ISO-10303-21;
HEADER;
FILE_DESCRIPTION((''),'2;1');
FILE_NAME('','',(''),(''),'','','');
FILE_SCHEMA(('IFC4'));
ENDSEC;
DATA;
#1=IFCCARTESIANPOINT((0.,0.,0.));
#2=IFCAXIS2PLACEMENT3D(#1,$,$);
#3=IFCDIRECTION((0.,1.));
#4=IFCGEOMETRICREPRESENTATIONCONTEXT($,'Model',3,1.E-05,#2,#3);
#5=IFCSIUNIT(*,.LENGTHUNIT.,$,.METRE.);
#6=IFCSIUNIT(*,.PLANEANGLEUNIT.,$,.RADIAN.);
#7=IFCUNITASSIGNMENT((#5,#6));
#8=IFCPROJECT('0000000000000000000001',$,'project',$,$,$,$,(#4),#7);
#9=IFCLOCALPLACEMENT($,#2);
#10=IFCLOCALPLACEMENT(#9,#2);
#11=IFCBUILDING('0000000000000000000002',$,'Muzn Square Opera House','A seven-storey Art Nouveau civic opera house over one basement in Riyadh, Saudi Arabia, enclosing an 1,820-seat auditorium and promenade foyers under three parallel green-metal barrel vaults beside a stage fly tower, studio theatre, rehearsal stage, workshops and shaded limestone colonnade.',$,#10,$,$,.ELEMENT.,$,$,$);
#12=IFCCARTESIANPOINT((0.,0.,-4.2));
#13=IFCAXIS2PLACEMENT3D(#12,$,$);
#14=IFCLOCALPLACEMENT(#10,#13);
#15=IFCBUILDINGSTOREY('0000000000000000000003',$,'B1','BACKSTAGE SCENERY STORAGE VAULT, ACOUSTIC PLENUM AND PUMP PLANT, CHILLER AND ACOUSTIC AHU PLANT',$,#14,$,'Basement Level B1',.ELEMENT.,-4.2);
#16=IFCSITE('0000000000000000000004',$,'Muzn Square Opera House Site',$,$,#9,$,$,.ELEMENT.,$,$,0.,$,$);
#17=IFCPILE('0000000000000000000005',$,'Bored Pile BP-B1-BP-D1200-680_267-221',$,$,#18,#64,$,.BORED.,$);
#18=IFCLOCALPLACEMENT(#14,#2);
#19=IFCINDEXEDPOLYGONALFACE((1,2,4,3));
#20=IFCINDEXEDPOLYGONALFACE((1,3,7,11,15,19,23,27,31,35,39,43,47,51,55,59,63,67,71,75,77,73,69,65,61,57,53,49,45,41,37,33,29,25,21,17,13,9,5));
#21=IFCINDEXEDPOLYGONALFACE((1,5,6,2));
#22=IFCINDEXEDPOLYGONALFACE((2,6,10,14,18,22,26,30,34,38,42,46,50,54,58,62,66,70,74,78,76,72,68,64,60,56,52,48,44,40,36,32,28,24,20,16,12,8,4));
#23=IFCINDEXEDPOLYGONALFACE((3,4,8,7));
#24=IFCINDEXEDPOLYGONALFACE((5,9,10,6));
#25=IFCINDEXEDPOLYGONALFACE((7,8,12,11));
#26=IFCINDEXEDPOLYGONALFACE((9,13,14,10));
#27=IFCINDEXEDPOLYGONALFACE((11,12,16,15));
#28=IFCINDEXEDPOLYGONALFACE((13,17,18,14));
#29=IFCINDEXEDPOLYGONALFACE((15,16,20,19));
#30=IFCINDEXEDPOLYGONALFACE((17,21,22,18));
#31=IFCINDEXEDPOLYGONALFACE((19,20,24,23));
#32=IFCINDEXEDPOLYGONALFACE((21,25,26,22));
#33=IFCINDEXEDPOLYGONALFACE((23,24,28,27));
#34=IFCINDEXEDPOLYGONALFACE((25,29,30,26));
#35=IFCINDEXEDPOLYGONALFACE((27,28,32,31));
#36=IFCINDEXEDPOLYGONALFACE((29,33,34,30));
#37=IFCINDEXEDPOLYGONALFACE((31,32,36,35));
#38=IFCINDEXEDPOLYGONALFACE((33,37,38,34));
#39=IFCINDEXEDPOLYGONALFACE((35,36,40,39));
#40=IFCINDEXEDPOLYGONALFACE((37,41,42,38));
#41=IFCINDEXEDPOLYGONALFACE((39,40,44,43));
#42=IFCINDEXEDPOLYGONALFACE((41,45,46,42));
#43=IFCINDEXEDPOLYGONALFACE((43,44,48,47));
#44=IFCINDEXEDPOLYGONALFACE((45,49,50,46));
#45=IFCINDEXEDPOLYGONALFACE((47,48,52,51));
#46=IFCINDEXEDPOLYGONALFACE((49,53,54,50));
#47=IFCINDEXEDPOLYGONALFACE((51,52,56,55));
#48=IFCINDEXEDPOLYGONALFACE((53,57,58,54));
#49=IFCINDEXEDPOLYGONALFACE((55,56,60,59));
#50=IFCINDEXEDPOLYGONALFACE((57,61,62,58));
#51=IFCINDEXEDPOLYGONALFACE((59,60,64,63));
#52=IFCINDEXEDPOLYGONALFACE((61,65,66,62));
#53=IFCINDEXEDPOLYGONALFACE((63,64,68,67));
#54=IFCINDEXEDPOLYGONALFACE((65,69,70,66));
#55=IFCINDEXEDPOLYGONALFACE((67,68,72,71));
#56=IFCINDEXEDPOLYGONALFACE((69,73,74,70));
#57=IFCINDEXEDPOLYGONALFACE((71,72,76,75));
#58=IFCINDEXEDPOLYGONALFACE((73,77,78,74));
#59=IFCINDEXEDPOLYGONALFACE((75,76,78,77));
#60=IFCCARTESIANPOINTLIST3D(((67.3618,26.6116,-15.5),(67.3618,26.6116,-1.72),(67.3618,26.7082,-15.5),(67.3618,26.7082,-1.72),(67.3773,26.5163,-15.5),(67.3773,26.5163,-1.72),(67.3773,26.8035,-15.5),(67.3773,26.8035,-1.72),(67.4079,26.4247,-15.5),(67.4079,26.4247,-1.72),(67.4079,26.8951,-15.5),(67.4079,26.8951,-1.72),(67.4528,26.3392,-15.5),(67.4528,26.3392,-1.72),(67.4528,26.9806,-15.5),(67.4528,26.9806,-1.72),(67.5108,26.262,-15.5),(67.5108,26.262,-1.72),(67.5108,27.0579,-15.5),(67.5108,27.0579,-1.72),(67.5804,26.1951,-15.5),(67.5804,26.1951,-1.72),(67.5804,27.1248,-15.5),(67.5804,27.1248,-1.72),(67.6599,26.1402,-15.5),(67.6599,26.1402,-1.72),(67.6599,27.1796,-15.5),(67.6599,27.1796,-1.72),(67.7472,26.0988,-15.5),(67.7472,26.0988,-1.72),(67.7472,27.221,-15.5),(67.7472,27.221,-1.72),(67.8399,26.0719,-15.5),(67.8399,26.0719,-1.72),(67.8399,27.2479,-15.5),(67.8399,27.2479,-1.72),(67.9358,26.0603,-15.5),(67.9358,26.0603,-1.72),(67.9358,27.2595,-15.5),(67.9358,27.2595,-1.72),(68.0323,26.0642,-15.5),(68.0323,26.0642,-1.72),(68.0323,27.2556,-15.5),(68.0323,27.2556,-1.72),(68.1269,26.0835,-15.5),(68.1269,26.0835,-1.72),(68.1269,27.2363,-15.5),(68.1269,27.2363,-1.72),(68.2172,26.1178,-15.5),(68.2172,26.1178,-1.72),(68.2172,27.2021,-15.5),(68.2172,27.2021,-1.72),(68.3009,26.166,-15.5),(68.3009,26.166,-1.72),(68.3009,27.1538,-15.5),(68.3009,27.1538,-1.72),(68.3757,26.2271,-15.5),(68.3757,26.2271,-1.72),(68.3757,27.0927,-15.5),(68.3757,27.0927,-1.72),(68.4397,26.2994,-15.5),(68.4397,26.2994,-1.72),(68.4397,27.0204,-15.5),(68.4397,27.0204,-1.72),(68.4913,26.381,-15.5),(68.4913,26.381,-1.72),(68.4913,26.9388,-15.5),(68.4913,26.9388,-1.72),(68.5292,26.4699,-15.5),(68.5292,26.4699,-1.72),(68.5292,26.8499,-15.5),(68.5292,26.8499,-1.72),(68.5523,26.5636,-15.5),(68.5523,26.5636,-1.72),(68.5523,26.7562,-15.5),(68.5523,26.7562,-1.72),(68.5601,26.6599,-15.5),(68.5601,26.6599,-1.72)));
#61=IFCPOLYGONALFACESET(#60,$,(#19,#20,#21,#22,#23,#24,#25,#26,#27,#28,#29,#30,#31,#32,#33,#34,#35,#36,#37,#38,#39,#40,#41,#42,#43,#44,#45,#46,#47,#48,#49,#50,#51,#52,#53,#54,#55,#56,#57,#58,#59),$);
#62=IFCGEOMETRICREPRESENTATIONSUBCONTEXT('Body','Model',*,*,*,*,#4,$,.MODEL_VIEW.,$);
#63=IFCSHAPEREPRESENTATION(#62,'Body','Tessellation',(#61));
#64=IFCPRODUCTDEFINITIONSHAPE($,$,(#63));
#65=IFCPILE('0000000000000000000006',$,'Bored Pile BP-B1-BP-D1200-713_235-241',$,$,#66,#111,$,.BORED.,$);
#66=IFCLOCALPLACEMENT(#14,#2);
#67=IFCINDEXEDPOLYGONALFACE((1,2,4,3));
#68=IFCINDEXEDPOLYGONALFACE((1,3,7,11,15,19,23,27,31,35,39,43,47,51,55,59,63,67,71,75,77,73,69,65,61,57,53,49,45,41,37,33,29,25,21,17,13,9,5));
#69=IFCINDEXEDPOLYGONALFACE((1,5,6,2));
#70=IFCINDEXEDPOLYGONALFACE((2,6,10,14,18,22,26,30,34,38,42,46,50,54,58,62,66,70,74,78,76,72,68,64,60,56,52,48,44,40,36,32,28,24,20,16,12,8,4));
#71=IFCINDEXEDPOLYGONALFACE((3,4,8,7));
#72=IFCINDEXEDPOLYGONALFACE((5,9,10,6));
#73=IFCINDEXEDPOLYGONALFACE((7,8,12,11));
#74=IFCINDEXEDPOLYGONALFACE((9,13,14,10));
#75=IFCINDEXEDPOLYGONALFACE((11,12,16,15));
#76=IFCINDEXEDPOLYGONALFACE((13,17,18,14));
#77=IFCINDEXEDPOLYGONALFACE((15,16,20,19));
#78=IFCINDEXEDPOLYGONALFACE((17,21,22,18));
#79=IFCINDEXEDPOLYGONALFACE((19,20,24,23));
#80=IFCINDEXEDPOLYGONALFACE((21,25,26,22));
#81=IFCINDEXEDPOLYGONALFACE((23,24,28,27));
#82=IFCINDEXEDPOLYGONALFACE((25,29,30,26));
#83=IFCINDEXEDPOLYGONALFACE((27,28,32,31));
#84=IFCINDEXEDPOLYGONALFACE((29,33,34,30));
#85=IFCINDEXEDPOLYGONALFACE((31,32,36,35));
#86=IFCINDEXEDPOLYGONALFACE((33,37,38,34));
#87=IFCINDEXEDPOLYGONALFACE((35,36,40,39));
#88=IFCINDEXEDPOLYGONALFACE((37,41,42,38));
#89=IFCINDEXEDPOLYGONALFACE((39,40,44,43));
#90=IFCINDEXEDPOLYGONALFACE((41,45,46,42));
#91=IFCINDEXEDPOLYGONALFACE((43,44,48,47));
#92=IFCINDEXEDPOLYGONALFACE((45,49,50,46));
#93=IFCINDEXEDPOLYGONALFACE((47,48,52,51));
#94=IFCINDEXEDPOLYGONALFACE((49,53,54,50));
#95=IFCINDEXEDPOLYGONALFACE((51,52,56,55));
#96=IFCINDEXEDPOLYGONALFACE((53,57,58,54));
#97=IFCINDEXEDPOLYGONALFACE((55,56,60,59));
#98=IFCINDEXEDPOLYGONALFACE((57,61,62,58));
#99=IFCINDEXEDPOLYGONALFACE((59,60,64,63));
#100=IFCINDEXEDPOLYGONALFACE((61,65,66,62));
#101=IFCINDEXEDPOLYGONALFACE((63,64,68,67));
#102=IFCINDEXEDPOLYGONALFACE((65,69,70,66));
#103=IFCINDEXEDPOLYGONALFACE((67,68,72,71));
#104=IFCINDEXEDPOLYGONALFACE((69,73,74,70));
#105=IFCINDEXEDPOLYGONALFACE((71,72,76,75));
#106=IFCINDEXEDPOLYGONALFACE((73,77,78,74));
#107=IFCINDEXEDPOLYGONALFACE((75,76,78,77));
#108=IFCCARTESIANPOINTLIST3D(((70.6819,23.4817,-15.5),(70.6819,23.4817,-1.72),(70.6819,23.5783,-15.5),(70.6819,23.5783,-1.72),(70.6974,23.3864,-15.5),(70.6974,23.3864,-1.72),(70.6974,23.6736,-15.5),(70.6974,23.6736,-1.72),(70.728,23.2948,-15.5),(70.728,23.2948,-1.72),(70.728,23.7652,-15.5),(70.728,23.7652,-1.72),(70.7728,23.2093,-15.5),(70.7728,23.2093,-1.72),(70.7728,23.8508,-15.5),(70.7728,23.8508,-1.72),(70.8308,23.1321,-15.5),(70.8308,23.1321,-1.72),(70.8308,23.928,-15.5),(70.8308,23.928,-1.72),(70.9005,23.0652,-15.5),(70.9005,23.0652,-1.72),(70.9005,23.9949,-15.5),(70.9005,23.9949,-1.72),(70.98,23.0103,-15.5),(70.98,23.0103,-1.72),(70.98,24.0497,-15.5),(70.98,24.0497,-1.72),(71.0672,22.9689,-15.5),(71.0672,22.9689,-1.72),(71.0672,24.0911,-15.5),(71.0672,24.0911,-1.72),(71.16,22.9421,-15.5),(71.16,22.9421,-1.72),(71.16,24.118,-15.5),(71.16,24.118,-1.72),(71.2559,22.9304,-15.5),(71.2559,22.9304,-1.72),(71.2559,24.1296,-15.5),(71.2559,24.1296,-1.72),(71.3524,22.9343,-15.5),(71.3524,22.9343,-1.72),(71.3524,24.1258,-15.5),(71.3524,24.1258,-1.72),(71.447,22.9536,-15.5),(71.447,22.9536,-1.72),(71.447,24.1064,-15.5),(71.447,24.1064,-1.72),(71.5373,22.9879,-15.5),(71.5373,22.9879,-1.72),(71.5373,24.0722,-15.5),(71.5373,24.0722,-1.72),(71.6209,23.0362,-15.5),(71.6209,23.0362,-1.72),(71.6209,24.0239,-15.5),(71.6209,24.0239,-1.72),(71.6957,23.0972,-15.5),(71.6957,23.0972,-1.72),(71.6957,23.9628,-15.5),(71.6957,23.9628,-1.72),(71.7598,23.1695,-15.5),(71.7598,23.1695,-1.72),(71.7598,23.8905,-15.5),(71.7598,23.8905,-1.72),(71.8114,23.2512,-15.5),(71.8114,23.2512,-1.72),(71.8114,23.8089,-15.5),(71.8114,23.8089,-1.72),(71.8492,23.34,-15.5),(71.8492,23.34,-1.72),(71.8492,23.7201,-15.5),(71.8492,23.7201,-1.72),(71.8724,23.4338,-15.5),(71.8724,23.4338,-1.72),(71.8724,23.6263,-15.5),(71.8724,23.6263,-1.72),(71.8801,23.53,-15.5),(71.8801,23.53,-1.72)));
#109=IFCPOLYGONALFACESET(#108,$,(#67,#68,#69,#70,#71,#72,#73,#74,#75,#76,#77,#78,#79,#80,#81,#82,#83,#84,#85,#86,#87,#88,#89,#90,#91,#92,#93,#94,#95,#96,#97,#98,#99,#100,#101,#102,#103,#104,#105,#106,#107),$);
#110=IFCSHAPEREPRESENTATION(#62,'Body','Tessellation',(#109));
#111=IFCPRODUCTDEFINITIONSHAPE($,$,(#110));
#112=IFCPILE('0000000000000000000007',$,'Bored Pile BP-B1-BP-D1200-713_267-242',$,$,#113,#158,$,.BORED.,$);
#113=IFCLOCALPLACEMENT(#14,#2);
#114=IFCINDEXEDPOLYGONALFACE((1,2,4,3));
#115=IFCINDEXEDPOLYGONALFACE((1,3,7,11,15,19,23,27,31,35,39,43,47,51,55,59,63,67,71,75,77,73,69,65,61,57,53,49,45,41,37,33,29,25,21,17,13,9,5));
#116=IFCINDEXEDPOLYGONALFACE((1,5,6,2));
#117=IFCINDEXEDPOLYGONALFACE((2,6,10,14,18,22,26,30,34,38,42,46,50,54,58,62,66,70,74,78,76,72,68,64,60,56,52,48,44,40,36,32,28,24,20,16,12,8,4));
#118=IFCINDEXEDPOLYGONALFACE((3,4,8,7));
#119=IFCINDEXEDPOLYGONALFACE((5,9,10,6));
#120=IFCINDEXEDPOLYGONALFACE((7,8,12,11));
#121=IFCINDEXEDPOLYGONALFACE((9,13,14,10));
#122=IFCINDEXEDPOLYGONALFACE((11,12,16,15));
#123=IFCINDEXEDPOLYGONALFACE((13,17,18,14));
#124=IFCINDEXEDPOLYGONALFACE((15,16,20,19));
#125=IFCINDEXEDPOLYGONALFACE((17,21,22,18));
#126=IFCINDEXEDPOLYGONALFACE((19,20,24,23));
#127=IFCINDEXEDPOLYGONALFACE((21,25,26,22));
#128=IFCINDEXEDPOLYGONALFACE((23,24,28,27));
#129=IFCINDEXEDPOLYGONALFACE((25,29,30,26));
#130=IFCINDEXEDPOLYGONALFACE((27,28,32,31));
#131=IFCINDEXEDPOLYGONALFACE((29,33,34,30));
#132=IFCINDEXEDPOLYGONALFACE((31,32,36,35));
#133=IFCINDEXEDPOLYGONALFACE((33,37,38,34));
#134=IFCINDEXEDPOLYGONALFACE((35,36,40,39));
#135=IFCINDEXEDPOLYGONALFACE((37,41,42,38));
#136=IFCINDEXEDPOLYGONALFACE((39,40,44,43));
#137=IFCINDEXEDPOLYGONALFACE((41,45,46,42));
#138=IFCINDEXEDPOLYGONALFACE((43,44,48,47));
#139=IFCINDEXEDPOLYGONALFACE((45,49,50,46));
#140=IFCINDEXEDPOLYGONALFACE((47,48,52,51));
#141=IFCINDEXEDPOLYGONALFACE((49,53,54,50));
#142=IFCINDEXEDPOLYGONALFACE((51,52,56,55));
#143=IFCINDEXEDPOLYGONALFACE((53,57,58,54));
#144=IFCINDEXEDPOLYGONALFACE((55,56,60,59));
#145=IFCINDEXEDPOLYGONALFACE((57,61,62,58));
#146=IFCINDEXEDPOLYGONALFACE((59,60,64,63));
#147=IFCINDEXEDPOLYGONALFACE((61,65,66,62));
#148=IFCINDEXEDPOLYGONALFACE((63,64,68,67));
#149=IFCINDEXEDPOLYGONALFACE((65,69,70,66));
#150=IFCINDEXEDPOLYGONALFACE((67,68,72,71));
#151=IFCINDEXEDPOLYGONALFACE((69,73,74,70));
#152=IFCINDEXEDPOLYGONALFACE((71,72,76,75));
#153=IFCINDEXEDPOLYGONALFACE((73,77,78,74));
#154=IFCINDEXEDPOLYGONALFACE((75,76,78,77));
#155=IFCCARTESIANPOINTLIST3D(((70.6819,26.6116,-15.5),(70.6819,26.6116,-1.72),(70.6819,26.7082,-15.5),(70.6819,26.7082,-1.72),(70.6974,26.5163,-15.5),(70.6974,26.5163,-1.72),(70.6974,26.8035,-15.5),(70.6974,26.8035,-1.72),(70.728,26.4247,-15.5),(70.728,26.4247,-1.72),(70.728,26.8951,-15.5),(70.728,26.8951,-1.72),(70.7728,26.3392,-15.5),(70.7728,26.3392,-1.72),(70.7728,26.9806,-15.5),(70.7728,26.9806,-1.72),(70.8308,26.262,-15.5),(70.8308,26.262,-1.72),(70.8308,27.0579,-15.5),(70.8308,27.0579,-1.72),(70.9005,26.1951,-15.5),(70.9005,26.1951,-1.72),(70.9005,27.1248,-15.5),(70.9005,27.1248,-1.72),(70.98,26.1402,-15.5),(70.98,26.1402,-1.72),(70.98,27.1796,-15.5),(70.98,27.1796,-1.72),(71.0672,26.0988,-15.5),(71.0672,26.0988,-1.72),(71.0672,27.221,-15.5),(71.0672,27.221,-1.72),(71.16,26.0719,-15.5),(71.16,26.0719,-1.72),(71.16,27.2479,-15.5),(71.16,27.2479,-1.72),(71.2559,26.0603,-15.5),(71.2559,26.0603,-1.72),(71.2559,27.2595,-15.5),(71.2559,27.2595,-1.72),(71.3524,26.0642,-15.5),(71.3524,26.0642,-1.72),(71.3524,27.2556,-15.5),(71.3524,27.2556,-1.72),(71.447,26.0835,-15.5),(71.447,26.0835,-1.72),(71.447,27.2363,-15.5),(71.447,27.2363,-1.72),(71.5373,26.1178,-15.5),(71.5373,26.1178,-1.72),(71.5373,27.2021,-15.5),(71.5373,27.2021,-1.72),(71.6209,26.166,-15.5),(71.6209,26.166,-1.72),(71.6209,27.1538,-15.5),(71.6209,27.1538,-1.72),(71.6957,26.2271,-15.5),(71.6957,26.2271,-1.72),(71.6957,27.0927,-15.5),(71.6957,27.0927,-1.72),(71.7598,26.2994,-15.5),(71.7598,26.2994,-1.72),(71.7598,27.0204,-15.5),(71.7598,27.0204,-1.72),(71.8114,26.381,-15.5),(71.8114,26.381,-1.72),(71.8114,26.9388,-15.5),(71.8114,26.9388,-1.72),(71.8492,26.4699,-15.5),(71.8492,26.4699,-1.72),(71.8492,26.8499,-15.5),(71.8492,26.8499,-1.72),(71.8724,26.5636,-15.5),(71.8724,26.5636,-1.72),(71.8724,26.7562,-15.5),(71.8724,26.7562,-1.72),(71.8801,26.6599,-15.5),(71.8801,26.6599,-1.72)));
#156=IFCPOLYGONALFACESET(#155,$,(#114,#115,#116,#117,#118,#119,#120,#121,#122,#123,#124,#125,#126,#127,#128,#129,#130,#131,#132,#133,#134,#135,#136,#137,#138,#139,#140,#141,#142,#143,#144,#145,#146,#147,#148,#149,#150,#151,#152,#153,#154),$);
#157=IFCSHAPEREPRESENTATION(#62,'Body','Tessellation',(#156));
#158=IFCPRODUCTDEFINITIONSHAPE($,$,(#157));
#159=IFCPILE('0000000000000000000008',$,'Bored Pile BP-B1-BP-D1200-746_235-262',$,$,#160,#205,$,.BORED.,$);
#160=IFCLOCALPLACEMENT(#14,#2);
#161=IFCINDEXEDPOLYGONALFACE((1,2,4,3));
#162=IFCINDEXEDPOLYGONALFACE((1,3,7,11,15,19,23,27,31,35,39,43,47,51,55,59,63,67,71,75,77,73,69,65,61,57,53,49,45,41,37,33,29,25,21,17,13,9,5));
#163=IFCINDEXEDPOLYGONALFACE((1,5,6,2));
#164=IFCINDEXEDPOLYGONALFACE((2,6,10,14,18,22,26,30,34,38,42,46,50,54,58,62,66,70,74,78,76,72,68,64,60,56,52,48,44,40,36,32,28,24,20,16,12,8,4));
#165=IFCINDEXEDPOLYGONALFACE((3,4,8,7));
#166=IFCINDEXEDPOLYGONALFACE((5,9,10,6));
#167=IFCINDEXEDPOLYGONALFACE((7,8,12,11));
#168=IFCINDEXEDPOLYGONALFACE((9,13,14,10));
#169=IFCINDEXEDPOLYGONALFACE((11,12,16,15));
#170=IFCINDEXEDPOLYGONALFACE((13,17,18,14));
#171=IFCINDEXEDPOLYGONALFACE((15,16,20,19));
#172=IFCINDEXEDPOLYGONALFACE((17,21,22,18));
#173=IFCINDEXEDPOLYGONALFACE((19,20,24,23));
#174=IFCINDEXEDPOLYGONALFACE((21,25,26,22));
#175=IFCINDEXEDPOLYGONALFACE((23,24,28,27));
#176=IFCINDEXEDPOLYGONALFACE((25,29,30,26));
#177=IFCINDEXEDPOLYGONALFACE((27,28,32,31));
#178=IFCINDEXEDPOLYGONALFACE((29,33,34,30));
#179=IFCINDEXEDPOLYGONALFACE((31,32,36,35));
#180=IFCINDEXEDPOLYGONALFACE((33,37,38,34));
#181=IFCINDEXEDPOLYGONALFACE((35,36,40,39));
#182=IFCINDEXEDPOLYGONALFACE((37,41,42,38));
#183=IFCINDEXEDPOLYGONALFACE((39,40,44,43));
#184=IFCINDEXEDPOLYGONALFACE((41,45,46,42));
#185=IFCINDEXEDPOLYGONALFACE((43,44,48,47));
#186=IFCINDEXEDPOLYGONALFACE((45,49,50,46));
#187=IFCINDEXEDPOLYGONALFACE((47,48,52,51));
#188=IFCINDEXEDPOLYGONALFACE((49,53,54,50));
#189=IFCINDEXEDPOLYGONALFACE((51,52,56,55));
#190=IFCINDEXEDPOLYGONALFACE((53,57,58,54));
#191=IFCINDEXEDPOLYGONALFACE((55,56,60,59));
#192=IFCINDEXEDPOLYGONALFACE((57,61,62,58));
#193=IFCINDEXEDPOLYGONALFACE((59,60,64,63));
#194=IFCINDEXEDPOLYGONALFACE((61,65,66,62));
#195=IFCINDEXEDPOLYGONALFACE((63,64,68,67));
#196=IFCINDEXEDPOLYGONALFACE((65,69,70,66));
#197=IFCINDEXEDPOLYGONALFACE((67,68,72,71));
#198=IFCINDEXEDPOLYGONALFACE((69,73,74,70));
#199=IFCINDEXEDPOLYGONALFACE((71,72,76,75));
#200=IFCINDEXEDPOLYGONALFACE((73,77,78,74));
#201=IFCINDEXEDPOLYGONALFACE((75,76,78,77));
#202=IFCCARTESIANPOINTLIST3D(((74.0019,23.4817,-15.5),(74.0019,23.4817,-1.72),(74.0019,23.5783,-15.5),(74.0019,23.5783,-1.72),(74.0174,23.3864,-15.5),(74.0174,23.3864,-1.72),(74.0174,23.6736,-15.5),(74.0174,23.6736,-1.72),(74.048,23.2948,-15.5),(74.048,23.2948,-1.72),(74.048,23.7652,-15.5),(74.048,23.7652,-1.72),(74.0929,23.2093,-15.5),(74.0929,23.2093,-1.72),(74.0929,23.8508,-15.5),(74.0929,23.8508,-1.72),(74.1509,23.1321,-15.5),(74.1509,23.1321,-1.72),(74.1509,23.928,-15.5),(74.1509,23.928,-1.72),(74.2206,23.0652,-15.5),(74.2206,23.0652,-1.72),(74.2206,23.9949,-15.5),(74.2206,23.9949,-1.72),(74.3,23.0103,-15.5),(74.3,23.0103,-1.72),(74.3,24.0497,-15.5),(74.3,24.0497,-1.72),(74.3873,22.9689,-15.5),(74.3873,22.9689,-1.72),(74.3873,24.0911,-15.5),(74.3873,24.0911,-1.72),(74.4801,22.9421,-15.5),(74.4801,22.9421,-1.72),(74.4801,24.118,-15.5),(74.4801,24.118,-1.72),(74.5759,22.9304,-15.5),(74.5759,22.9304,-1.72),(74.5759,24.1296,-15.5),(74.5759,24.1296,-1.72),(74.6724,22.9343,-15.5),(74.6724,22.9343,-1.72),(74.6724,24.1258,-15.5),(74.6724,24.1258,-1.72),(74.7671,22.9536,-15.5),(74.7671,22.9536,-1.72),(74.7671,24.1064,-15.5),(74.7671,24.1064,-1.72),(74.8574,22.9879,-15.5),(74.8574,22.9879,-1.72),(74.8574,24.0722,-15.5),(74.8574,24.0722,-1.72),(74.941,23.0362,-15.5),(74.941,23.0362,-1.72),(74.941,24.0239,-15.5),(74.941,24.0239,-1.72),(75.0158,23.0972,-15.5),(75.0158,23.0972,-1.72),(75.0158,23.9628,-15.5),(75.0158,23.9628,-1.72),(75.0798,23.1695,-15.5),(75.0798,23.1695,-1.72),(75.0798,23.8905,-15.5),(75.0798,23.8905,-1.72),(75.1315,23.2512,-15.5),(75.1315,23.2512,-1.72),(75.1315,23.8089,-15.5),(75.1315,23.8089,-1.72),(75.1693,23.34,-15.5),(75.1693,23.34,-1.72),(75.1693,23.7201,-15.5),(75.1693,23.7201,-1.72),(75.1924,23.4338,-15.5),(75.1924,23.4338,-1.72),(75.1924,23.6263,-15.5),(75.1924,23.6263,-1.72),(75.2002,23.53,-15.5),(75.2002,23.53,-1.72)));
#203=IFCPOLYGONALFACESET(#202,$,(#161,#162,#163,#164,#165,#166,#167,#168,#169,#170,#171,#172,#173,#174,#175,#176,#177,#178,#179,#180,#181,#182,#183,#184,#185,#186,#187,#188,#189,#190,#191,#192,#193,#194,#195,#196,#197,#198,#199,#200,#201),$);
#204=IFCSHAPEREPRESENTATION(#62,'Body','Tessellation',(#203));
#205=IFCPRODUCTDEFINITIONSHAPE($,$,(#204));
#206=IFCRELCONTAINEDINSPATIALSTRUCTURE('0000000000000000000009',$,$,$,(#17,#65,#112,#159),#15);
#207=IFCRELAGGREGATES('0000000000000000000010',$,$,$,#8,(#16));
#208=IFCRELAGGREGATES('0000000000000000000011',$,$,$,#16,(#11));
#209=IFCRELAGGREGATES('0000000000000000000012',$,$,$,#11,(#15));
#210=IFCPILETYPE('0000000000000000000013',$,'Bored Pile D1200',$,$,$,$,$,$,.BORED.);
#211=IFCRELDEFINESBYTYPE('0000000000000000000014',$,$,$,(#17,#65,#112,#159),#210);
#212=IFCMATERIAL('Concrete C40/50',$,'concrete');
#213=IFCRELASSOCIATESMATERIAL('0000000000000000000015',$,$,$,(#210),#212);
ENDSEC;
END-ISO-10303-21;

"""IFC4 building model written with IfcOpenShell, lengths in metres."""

from ifc_helpers import new_model, si_unit, direction, frame, origin, origin_2d, place, context, subcontext, project, spatial, circle, extrude, material, material_profile, profile_set, type_object, element, save


model = new_model("IFC4")

# Units and contexts
model_context = context("Model", 3, precision=1e-05, world=origin(), true_north=direction((0.0, 1.0)))
body_context = subcontext(model_context, "Body", "Model", "MODEL_VIEW")
ifc_project = project(units=[si_unit("LENGTHUNIT", "METRE"), si_unit("PLANEANGLEUNIT", "RADIAN")], contexts=[model_context])

# Site, building, storey
site_placement = place(None, origin())
site = spatial("IfcSite", under=ifc_project, at=site_placement, Name="Muzn Square Opera House Site", CompositionType="ELEMENT", RefElevation=0.0)
building_placement = place(site_placement, origin())
building = spatial("IfcBuilding", under=site, at=building_placement, Name="Muzn Square Opera House", Description="A seven-storey Art Nouveau civic opera house over one basement in Riyadh, Saudi Arabia, enclosing an 1,820-seat auditorium and promenade foyers under three parallel green-metal barrel vaults beside a stage fly tower, studio theatre, rehearsal stage, workshops and shaded limestone colonnade.", CompositionType="ELEMENT")
storey_placement = place(building_placement, frame((0.0, 0.0, -4.2)))
storey = spatial("IfcBuildingStorey", under=building, at=storey_placement, Name="B1", Description="BACKSTAGE SCENERY STORAGE VAULT, ACOUSTIC PLENUM AND PUMP PLANT, CHILLER AND ACOUSTIC AHU PLANT", LongName="Basement Level B1", CompositionType="ELEMENT", Elevation=-4.2)

# Piles
ifc_material_1 = material(Name="Concrete C40/50", Category="concrete")
ifc_material_profile_1 = material_profile(ifc_material_1, circle(Radius=0.6001, at=origin_2d()), Name="BORED PILE D1200", Category="concrete")
ifc_profile_set_1 = profile_set([ifc_material_profile_1], Name="Concrete C40/50")
pile_type = type_object("IfcPileType", Name="Bored Pile D1200", PredefinedType="BORED", material=ifc_profile_set_1)
for number, where, z_axis, x_axis, name in (
    (1, (67.96, 26.6599, -1.72), (0.0, 0.0, -1.0), (1.0, 0.0, 0.0), "Bored Pile BP-B1-BP-D1200-680_267-221"),
    (2, (71.28, 23.53, -1.72), (0.0, 0.0, -1.0), (1.0, 0.0, 0.0), "Bored Pile BP-B1-BP-D1200-713_235-241"),
    (3, (71.28, 26.6599, -1.72), (0.0, 0.0, -1.0), (1.0, 0.0, 0.0), "Bored Pile BP-B1-BP-D1200-713_267-242"),
    (4, (74.6001, 23.53, -1.72), (0.0, 0.0, -1.0), (1.0, 0.0, 0.0), "Bored Pile BP-B1-BP-D1200-746_235-262"),
):
    element("IfcPile", number, at=place(storey_placement, frame(where, z_axis=z_axis, x_axis=x_axis)), inside=storey, type_object=pile_type, Name=name, PredefinedType="BORED", context=body_context, shape_type="SweptSolid", body=[
        extrude(circle(Radius=0.6001, at=origin_2d()), origin(), (0.0, 0.0, 1.0), 13.78),
    ])

save(model, "model.ifc")
